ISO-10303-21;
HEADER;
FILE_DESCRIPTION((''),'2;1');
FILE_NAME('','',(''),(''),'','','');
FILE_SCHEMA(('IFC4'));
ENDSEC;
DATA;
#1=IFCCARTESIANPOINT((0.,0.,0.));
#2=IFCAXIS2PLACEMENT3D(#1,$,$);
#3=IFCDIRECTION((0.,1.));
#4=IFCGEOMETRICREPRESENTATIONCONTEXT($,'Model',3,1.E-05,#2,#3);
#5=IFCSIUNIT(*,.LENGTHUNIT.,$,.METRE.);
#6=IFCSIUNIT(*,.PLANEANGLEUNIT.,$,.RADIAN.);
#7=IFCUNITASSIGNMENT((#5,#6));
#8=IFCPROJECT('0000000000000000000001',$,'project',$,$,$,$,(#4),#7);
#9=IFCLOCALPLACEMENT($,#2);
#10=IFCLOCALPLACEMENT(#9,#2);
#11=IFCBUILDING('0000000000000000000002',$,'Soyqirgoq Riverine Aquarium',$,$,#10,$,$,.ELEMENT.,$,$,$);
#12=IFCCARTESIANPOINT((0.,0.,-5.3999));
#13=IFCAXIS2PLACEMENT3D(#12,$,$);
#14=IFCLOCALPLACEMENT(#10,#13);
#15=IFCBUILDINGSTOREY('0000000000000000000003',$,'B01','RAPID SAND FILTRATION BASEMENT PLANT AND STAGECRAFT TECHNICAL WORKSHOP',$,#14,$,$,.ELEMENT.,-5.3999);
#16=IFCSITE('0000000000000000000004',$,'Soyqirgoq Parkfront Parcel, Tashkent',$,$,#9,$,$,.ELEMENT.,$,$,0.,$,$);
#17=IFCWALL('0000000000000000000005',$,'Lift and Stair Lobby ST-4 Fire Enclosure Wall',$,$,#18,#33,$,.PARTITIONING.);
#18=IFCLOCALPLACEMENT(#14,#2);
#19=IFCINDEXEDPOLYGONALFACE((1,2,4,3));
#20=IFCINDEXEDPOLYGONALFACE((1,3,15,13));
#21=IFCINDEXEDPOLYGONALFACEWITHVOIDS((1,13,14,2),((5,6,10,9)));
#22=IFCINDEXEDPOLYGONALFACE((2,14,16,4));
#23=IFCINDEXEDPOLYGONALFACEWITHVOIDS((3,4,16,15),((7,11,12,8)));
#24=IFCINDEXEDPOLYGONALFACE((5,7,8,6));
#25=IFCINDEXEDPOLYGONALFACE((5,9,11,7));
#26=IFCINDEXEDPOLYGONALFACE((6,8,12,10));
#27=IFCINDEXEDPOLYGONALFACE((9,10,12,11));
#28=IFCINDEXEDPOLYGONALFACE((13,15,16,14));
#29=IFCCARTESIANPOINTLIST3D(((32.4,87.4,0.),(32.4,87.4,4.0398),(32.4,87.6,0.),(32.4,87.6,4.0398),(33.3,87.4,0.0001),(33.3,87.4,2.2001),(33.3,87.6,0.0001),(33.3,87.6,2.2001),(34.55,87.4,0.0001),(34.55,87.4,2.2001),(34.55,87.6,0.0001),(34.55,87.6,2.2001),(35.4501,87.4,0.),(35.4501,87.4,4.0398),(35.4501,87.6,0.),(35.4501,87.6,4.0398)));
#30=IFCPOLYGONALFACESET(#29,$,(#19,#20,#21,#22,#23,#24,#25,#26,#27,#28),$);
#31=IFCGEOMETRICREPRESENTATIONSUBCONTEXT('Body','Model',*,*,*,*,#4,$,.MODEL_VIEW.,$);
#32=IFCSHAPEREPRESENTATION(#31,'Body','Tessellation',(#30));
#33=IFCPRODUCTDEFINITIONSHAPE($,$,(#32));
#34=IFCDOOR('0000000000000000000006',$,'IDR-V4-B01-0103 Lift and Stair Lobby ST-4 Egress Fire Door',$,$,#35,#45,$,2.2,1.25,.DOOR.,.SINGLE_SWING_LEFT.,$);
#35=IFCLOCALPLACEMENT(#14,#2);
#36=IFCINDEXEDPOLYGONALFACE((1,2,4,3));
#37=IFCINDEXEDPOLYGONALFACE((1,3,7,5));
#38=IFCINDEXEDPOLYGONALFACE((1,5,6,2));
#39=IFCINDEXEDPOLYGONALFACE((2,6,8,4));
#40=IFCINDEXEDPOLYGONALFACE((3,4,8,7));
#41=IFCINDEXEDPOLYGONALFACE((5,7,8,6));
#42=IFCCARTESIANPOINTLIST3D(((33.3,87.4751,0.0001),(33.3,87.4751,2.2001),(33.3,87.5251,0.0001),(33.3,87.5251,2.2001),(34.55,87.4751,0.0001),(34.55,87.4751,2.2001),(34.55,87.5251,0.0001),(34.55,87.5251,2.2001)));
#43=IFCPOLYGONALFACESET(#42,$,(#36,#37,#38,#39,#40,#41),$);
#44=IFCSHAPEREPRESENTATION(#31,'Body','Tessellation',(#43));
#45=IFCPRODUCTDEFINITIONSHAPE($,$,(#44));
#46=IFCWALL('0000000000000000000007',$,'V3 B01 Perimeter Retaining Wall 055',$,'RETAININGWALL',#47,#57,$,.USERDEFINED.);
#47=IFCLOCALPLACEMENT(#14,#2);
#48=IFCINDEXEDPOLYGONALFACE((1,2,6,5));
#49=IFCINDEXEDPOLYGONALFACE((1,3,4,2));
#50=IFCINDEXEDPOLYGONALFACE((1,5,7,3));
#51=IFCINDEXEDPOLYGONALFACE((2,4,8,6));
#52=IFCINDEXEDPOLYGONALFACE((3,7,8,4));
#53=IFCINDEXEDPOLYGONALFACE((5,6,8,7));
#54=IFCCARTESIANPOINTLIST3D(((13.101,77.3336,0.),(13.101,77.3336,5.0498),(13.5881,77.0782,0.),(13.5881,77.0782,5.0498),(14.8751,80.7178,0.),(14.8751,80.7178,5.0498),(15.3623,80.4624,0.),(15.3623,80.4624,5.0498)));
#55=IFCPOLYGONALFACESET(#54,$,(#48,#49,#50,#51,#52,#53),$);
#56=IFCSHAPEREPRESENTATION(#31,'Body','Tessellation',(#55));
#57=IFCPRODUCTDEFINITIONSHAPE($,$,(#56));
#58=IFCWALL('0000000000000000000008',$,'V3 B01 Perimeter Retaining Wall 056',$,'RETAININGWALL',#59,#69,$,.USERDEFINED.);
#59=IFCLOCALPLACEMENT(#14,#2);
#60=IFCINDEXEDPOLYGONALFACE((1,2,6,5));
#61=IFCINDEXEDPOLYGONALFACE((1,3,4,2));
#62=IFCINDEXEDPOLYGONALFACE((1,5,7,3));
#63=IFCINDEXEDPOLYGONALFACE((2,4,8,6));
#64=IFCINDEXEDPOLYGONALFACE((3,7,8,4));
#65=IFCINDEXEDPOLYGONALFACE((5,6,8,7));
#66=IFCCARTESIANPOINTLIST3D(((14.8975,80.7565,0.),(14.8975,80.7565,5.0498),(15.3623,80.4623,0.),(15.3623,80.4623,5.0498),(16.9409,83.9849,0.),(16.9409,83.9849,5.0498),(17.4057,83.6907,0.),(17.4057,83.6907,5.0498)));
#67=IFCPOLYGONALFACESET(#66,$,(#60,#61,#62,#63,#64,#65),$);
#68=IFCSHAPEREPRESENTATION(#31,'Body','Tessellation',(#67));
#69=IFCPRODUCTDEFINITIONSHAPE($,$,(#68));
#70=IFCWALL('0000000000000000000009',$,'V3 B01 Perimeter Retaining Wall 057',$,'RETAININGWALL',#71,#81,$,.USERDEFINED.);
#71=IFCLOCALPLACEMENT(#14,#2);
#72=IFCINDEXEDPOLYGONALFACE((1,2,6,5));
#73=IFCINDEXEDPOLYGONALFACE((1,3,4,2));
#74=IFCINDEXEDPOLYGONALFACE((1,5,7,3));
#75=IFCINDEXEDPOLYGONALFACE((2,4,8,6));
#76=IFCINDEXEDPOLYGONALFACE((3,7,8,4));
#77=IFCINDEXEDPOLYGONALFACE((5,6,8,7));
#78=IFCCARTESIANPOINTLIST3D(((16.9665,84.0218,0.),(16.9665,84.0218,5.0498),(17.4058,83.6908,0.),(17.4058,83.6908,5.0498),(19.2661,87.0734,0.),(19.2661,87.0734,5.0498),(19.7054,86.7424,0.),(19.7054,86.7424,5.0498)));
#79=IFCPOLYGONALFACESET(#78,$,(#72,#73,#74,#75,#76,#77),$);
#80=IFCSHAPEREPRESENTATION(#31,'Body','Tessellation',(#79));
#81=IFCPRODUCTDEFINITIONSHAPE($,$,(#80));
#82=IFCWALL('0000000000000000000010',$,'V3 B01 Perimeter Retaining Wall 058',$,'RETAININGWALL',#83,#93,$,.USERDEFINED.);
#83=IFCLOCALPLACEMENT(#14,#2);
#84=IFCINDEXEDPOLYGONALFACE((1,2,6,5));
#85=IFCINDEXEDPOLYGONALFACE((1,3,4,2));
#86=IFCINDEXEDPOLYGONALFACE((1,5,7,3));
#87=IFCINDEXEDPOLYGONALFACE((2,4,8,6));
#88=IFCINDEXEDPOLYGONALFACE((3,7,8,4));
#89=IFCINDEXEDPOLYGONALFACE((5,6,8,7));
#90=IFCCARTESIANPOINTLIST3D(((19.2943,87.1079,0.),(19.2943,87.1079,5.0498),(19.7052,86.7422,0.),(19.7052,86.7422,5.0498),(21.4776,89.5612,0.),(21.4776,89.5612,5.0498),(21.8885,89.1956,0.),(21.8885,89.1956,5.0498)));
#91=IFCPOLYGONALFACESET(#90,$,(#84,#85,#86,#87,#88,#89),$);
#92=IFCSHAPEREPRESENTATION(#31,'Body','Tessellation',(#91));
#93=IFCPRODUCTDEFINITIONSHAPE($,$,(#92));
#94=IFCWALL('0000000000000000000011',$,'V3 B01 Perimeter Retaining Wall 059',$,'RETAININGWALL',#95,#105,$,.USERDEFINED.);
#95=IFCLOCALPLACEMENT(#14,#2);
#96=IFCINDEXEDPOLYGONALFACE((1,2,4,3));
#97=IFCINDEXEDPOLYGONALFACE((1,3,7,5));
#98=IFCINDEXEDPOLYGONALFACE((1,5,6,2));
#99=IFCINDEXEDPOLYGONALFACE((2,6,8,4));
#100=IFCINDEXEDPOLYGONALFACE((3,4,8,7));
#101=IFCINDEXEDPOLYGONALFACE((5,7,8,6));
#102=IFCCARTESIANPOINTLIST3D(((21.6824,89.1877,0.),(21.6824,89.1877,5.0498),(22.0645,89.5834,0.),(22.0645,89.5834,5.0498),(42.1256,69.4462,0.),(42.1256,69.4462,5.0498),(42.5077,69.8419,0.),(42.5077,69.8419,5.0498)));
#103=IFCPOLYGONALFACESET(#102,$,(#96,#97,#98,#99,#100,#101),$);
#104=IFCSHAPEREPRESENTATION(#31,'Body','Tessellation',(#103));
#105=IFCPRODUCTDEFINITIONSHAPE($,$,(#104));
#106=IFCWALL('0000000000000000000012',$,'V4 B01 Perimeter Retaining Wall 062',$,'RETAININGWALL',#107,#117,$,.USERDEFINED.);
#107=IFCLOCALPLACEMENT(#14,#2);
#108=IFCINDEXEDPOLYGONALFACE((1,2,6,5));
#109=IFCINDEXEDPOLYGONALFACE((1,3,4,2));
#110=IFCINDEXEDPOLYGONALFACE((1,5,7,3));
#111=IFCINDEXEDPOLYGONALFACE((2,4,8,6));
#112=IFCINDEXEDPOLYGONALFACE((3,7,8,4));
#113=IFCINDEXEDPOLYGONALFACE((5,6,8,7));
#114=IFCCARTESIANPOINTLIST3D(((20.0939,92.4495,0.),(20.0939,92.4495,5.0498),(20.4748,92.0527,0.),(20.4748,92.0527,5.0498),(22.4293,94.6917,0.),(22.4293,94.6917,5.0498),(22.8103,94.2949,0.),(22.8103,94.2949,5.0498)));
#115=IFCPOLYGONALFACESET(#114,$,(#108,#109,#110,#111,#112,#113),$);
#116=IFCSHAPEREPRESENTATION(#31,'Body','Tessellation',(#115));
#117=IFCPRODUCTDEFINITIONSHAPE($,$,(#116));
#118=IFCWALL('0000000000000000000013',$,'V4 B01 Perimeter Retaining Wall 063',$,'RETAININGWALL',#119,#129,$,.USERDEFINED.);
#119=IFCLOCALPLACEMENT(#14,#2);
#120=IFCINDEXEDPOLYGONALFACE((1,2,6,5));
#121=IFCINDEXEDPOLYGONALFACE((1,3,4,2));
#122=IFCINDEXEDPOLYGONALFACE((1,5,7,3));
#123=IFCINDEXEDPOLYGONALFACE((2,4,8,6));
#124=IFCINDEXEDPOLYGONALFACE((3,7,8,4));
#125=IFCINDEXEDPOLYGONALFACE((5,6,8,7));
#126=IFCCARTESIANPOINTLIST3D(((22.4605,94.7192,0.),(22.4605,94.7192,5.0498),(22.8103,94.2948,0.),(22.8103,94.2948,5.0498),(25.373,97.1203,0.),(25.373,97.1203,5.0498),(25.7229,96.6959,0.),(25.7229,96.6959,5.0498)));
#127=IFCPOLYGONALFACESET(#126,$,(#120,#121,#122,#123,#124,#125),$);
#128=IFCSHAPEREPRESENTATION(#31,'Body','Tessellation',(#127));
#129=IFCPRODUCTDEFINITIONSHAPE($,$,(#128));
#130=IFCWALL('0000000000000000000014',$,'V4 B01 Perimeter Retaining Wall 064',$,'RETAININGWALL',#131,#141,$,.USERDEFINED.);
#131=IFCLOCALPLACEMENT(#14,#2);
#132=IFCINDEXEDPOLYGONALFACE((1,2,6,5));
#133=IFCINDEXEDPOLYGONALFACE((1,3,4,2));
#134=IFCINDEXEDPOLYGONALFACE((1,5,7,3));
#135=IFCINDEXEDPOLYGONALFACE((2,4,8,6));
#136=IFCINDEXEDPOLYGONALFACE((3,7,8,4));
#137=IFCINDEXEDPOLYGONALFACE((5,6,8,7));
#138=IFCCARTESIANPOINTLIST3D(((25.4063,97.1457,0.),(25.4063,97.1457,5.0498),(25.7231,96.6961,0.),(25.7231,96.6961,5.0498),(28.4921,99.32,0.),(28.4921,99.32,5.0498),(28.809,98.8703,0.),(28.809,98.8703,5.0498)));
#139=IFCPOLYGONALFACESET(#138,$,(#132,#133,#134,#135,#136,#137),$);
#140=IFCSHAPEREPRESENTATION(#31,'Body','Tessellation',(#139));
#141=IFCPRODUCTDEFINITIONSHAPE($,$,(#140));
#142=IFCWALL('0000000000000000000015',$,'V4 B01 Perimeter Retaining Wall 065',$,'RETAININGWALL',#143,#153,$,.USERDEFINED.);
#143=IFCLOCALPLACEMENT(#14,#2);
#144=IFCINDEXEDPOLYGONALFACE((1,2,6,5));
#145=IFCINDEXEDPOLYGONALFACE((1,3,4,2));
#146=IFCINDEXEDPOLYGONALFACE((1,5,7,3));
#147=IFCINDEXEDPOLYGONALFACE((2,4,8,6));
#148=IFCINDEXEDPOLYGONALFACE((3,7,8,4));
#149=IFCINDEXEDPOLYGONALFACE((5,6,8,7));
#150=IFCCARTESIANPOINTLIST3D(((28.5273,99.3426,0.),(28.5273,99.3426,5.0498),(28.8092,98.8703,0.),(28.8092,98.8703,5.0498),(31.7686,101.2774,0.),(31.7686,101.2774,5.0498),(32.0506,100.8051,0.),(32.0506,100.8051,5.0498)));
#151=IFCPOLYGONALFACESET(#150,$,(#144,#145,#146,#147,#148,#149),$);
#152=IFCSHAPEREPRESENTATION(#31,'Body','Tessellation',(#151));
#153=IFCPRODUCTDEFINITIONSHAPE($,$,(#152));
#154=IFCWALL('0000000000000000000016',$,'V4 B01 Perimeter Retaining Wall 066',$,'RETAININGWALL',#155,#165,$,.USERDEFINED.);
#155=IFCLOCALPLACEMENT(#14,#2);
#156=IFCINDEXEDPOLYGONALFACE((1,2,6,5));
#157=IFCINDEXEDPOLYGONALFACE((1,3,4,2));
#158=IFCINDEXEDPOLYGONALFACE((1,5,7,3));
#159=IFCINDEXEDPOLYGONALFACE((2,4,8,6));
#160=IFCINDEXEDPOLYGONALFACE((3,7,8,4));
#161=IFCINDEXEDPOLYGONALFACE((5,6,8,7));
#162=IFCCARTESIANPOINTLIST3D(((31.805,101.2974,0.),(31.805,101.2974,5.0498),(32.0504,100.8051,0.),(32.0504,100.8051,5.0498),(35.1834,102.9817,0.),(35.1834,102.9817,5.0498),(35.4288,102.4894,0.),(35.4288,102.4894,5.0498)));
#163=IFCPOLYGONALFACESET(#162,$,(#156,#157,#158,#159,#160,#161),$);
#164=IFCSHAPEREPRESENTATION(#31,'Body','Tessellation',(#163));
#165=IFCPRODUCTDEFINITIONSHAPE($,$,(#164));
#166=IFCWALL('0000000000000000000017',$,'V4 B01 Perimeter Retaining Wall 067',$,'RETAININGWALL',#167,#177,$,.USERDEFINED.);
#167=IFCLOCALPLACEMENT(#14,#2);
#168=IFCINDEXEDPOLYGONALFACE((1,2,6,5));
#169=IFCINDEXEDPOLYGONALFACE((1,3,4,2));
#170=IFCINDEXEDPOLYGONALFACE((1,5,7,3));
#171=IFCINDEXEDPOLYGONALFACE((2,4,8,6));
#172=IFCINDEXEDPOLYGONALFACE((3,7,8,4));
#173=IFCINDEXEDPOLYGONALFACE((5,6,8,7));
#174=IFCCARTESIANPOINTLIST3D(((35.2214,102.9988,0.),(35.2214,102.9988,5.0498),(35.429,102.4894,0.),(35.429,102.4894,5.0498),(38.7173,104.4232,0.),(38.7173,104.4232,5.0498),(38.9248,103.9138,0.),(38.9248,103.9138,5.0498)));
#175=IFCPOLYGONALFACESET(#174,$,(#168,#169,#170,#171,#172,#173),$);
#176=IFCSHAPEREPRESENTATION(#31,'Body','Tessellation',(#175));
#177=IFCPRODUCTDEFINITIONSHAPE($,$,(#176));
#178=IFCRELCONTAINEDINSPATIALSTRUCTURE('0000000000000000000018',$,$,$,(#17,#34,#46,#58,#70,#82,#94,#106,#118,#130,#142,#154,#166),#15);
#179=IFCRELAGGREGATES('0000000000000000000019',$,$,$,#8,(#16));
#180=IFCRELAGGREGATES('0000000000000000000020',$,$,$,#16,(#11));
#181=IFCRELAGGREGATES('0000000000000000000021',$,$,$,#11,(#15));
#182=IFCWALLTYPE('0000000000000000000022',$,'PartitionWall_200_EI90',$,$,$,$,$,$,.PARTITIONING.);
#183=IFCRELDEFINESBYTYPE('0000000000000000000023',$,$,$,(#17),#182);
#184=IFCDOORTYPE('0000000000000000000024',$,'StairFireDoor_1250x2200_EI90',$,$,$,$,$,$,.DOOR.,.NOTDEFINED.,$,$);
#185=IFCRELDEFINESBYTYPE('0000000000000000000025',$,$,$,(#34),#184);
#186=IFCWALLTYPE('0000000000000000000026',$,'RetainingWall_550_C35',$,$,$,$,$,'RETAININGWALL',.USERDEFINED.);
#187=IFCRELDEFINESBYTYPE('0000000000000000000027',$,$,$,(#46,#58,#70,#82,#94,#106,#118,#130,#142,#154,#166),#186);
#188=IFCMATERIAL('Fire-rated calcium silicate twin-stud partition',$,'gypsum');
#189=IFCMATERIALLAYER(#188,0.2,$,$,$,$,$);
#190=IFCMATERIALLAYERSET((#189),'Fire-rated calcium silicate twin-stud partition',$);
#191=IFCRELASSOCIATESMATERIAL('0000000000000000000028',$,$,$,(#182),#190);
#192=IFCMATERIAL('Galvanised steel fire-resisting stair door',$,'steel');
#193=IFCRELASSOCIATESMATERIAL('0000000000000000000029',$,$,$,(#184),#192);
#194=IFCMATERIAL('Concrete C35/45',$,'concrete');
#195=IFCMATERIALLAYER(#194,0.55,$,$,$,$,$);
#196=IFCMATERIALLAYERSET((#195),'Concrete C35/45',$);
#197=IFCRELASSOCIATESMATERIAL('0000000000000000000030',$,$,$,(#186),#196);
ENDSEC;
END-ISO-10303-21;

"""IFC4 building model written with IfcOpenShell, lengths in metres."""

from ifc_helpers import new_model, si_unit, direction, frame, frame_2d, origin, place, context, subcontext, project, spatial, rectangle, extrude, material, layer, layer_set, type_object, element, fill, save


model = new_model("IFC4")

# Units and contexts
model_context = context("Model", 3, precision=1e-05, world=origin(), true_north=direction((0.0, 1.0)))
body_context = subcontext(model_context, "Body", "Model", "MODEL_VIEW")
ifc_project = project(units=[si_unit("LENGTHUNIT", "METRE"), si_unit("PLANEANGLEUNIT", "RADIAN")], contexts=[model_context])

# Site, building, storey
site_placement = place(None, origin())
site = spatial("IfcSite", under=ifc_project, at=site_placement, Name="Soyqirgoq Parkfront Parcel, Tashkent", CompositionType="ELEMENT", RefElevation=0.0)
building_placement = place(site_placement, origin())
building = spatial("IfcBuilding", under=site, at=building_placement, Name="Soyqirgoq Riverine Aquarium", CompositionType="ELEMENT")
storey_placement = place(building_placement, frame((0.0, 0.0, -5.3999)))
storey = spatial("IfcBuildingStorey", under=building, at=storey_placement, Name="B01", Description="RAPID SAND FILTRATION BASEMENT PLANT AND STAGECRAFT TECHNICAL WORKSHOP", CompositionType="ELEMENT", Elevation=-5.3999)

# Wall, opening, door
ifc_material_1 = material(Name="Fire-rated calcium silicate twin-stud partition", Category="gypsum")
ifc_layer_1 = layer(ifc_material_1, 0.2)
ifc_layer_set_1 = layer_set([ifc_layer_1], Name="Fire-rated calcium silicate twin-stud partition")
wall_type_1 = type_object("IfcWallType", Name="PartitionWall_200_EI90", PredefinedType="PARTITIONING", material=ifc_layer_set_1)
wall_1_placement = place(storey_placement, frame((35.45, 87.5, 0.0), z_axis=(0.0, 0.0, 1.0), x_axis=(-1.0, 0.0, 0.0)))
wall_1 = element("IfcWall", 1, at=wall_1_placement, inside=storey, type_object=wall_type_1, Name="Lift and Stair Lobby ST-4 Fire Enclosure Wall", PredefinedType="PARTITIONING", context=body_context, shape_type="SweptSolid", body=[
    extrude(rectangle(XDim=3.05, YDim=0.2, at=frame_2d((1.5249, 0.0))), origin(), (0.0, 0.0, 1.0), 4.0398),
])
opening_1_placement = place(wall_1_placement, frame((0.8999, 0.0, 0.0)))
opening_1 = element("IfcOpeningElement", 2, at=opening_1_placement, cuts=wall_1, PredefinedType="OPENING", context=body_context, shape_type="SweptSolid", body=[
    extrude(rectangle(XDim=1.25, YDim=2.2, at=frame_2d((0.625, 1.1001))), frame((0.0, 0.1099, 0.0), z_axis=(0.0, -1.0, 0.0), x_axis=(1.0, 0.0, 0.0)), (0.0, 0.0, 1.0), 0.22),
])
ifc_material_2 = material(Name="Galvanised steel fire-resisting stair door", Category="steel")
door_type_1 = type_object("IfcDoorType", Name="StairFireDoor_1250x2200_EI90", OperationType="NOTDEFINED", PredefinedType="DOOR", material=ifc_material_2)
door_1_placement = place(opening_1_placement, origin())
door_1 = element("IfcDoor", 3, at=door_1_placement, inside=storey, type_object=door_type_1, Name="IDR-V4-B01-0103 Lift and Stair Lobby ST-4 Egress Fire Door", OperationType="SINGLE_SWING_LEFT", OverallHeight=2.2, OverallWidth=1.25, PredefinedType="DOOR", context=body_context, shape_type="SweptSolid", body=[
    extrude(rectangle(XDim=1.25, YDim=2.2, at=frame_2d((0.625, 1.1001))), frame((0.0, 0.0249, 0.0), z_axis=(0.0, -1.0, 0.0), x_axis=(1.0, 0.0, 0.0)), (0.0, 0.0, 1.0), 0.05),
])
fill(opening_1, door_1)

# Walls
ifc_material_3 = material(Name="Concrete C35/45", Category="concrete")
ifc_layer_2 = layer(ifc_material_3, 0.55)
ifc_layer_set_2 = layer_set([ifc_layer_2], Name="Concrete C35/45")
wall_type_2 = type_object("IfcWallType", Name="RetainingWall_550_C35", ElementType="RETAININGWALL", PredefinedType="USERDEFINED", material=ifc_layer_set_2)
wall_2_placement = place(storey_placement, frame((13.3445, 77.2058, 0.0), z_axis=(0.0, 0.0, 1.0), x_axis=(0.464305, 0.885675, 0.0)))
element("IfcWall", 4, at=wall_2_placement, inside=storey, type_object=wall_type_2, Name="V3 B01 Perimeter Retaining Wall 055", ObjectType="RETAININGWALL", PredefinedType="USERDEFINED", context=body_context, shape_type="SweptSolid", body=[
    extrude(rectangle(XDim=3.821, YDim=0.55, at=frame_2d((1.9106, 0.0))), origin(), (0.0, 0.0, 1.0), 5.0498),
])
wall_3_placement = place(storey_placement, frame((15.1299, 80.6094, 0.0), z_axis=(0.0, 0.0, 1.0), x_axis=(0.534815, 0.844969, 0.0)))
element("IfcWall", 5, at=wall_3_placement, inside=storey, type_object=wall_type_2, Name="V3 B01 Perimeter Retaining Wall 056", ObjectType="RETAININGWALL", PredefinedType="USERDEFINED", context=body_context, shape_type="SweptSolid", body=[
    extrude(rectangle(XDim=3.8208, YDim=0.55, at=frame_2d((1.9104, 0.0))), origin(), (0.0, 0.0, 1.0), 5.0498),
])
wall_4_placement = place(storey_placement, frame((17.186, 83.8562, 0.0), z_axis=(0.0, 0.0, 1.0), x_axis=(0.601828, 0.798625, 0.0)))
element("IfcWall", 6, at=wall_4_placement, inside=storey, type_object=wall_type_2, Name="V3 B01 Perimeter Retaining Wall 057", ObjectType="RETAININGWALL", PredefinedType="USERDEFINED", context=body_context, shape_type="SweptSolid", body=[
    extrude(rectangle(XDim=3.821, YDim=0.55, at=frame_2d((1.9106, 0.0))), origin(), (0.0, 0.0, 1.0), 5.0498),
])
wall_5_placement = place(storey_placement, frame((19.4998, 86.925, 0.0), z_axis=(0.0, 0.0, 1.0), x_axis=(0.664802, 0.74702, 0.0)))
element("IfcWall", 7, at=wall_5_placement, inside=storey, type_object=wall_type_2, Name="V3 B01 Perimeter Retaining Wall 058", ObjectType="RETAININGWALL", PredefinedType="USERDEFINED", context=body_context, shape_type="SweptSolid", body=[
    extrude(rectangle(XDim=3.2842, YDim=0.55, at=frame_2d((1.6421, 0.0))), origin(), (0.0, 0.0, 1.0), 5.0498),
])
wall_6_placement = place(storey_placement, frame((21.8735, 89.3855, 0.0), z_axis=(0.0, 0.0, 1.0), x_axis=(0.719344, -0.694654, 0.0)))
element("IfcWall", 8, at=wall_6_placement, inside=storey, type_object=wall_type_2, Name="V3 B01 Perimeter Retaining Wall 059", ObjectType="RETAININGWALL", PredefinedType="USERDEFINED", context=body_context, shape_type="SweptSolid", body=[
    extrude(rectangle(XDim=28.4192, YDim=0.55, at=frame_2d((14.2095, 0.0))), origin(), (0.0, 0.0, 1.0), 5.0498),
])
wall_7_placement = place(storey_placement, frame((20.2844, 92.2512, 0.0), z_axis=(0.0, 0.0, 1.0), x_axis=(0.721363, 0.692557, 0.0)))
element("IfcWall", 9, at=wall_7_placement, inside=storey, type_object=wall_type_2, Name="V4 B01 Perimeter Retaining Wall 062", ObjectType="RETAININGWALL", PredefinedType="USERDEFINED", context=body_context, shape_type="SweptSolid", body=[
    extrude(rectangle(XDim=3.2375, YDim=0.55, at=frame_2d((1.6187, 0.0))), origin(), (0.0, 0.0, 1.0), 5.0498),
])
wall_8_placement = place(storey_placement, frame((22.6355, 94.5071, 0.0), z_axis=(0.0, 0.0, 1.0), x_axis=(0.771603, 0.636104, 0.0)))
element("IfcWall", 10, at=wall_8_placement, inside=storey, type_object=wall_type_2, Name="V4 B01 Perimeter Retaining Wall 063", ObjectType="RETAININGWALL", PredefinedType="USERDEFINED", context=body_context, shape_type="SweptSolid", body=[
    extrude(rectangle(XDim=3.7747, YDim=0.55, at=frame_2d((1.8872, 0.0))), origin(), (0.0, 0.0, 1.0), 5.0498),
])
for number, where, z_axis, x_axis, name in (
    (11, (25.5647, 96.9209, 0.0), (0.0, 0.0, 1.0), (0.817466, 0.575977, 0.0), "V4 B01 Perimeter Retaining Wall 064"),
    (12, (28.6682, 99.1064, 0.0), (0.0, 0.0, 1.0), (0.858666, 0.512535, 0.0), "V4 B01 Perimeter Retaining Wall 065"),
    (13, (31.9277, 101.0513, 0.0), (0.0, 0.0, 1.0), (0.894944, 0.446179, 0.0), "V4 B01 Perimeter Retaining Wall 066"),
    (14, (35.3252, 102.7441, 0.0), (0.0, 0.0, 1.0), (0.926085, 0.377315, 0.0), "V4 B01 Perimeter Retaining Wall 067"),
):
    element("IfcWall", number, at=place(storey_placement, frame(where, z_axis=z_axis, x_axis=x_axis)), inside=storey, type_object=wall_type_2, Name=name, ObjectType="RETAININGWALL", PredefinedType="USERDEFINED", context=body_context, shape_type="SweptSolid", body=[
        extrude(rectangle(XDim=3.7749, YDim=0.55, at=frame_2d((1.8875, 0.0))), origin(), (0.0, 0.0, 1.0), 5.0498),
    ])

save(model, "model.ifc")
